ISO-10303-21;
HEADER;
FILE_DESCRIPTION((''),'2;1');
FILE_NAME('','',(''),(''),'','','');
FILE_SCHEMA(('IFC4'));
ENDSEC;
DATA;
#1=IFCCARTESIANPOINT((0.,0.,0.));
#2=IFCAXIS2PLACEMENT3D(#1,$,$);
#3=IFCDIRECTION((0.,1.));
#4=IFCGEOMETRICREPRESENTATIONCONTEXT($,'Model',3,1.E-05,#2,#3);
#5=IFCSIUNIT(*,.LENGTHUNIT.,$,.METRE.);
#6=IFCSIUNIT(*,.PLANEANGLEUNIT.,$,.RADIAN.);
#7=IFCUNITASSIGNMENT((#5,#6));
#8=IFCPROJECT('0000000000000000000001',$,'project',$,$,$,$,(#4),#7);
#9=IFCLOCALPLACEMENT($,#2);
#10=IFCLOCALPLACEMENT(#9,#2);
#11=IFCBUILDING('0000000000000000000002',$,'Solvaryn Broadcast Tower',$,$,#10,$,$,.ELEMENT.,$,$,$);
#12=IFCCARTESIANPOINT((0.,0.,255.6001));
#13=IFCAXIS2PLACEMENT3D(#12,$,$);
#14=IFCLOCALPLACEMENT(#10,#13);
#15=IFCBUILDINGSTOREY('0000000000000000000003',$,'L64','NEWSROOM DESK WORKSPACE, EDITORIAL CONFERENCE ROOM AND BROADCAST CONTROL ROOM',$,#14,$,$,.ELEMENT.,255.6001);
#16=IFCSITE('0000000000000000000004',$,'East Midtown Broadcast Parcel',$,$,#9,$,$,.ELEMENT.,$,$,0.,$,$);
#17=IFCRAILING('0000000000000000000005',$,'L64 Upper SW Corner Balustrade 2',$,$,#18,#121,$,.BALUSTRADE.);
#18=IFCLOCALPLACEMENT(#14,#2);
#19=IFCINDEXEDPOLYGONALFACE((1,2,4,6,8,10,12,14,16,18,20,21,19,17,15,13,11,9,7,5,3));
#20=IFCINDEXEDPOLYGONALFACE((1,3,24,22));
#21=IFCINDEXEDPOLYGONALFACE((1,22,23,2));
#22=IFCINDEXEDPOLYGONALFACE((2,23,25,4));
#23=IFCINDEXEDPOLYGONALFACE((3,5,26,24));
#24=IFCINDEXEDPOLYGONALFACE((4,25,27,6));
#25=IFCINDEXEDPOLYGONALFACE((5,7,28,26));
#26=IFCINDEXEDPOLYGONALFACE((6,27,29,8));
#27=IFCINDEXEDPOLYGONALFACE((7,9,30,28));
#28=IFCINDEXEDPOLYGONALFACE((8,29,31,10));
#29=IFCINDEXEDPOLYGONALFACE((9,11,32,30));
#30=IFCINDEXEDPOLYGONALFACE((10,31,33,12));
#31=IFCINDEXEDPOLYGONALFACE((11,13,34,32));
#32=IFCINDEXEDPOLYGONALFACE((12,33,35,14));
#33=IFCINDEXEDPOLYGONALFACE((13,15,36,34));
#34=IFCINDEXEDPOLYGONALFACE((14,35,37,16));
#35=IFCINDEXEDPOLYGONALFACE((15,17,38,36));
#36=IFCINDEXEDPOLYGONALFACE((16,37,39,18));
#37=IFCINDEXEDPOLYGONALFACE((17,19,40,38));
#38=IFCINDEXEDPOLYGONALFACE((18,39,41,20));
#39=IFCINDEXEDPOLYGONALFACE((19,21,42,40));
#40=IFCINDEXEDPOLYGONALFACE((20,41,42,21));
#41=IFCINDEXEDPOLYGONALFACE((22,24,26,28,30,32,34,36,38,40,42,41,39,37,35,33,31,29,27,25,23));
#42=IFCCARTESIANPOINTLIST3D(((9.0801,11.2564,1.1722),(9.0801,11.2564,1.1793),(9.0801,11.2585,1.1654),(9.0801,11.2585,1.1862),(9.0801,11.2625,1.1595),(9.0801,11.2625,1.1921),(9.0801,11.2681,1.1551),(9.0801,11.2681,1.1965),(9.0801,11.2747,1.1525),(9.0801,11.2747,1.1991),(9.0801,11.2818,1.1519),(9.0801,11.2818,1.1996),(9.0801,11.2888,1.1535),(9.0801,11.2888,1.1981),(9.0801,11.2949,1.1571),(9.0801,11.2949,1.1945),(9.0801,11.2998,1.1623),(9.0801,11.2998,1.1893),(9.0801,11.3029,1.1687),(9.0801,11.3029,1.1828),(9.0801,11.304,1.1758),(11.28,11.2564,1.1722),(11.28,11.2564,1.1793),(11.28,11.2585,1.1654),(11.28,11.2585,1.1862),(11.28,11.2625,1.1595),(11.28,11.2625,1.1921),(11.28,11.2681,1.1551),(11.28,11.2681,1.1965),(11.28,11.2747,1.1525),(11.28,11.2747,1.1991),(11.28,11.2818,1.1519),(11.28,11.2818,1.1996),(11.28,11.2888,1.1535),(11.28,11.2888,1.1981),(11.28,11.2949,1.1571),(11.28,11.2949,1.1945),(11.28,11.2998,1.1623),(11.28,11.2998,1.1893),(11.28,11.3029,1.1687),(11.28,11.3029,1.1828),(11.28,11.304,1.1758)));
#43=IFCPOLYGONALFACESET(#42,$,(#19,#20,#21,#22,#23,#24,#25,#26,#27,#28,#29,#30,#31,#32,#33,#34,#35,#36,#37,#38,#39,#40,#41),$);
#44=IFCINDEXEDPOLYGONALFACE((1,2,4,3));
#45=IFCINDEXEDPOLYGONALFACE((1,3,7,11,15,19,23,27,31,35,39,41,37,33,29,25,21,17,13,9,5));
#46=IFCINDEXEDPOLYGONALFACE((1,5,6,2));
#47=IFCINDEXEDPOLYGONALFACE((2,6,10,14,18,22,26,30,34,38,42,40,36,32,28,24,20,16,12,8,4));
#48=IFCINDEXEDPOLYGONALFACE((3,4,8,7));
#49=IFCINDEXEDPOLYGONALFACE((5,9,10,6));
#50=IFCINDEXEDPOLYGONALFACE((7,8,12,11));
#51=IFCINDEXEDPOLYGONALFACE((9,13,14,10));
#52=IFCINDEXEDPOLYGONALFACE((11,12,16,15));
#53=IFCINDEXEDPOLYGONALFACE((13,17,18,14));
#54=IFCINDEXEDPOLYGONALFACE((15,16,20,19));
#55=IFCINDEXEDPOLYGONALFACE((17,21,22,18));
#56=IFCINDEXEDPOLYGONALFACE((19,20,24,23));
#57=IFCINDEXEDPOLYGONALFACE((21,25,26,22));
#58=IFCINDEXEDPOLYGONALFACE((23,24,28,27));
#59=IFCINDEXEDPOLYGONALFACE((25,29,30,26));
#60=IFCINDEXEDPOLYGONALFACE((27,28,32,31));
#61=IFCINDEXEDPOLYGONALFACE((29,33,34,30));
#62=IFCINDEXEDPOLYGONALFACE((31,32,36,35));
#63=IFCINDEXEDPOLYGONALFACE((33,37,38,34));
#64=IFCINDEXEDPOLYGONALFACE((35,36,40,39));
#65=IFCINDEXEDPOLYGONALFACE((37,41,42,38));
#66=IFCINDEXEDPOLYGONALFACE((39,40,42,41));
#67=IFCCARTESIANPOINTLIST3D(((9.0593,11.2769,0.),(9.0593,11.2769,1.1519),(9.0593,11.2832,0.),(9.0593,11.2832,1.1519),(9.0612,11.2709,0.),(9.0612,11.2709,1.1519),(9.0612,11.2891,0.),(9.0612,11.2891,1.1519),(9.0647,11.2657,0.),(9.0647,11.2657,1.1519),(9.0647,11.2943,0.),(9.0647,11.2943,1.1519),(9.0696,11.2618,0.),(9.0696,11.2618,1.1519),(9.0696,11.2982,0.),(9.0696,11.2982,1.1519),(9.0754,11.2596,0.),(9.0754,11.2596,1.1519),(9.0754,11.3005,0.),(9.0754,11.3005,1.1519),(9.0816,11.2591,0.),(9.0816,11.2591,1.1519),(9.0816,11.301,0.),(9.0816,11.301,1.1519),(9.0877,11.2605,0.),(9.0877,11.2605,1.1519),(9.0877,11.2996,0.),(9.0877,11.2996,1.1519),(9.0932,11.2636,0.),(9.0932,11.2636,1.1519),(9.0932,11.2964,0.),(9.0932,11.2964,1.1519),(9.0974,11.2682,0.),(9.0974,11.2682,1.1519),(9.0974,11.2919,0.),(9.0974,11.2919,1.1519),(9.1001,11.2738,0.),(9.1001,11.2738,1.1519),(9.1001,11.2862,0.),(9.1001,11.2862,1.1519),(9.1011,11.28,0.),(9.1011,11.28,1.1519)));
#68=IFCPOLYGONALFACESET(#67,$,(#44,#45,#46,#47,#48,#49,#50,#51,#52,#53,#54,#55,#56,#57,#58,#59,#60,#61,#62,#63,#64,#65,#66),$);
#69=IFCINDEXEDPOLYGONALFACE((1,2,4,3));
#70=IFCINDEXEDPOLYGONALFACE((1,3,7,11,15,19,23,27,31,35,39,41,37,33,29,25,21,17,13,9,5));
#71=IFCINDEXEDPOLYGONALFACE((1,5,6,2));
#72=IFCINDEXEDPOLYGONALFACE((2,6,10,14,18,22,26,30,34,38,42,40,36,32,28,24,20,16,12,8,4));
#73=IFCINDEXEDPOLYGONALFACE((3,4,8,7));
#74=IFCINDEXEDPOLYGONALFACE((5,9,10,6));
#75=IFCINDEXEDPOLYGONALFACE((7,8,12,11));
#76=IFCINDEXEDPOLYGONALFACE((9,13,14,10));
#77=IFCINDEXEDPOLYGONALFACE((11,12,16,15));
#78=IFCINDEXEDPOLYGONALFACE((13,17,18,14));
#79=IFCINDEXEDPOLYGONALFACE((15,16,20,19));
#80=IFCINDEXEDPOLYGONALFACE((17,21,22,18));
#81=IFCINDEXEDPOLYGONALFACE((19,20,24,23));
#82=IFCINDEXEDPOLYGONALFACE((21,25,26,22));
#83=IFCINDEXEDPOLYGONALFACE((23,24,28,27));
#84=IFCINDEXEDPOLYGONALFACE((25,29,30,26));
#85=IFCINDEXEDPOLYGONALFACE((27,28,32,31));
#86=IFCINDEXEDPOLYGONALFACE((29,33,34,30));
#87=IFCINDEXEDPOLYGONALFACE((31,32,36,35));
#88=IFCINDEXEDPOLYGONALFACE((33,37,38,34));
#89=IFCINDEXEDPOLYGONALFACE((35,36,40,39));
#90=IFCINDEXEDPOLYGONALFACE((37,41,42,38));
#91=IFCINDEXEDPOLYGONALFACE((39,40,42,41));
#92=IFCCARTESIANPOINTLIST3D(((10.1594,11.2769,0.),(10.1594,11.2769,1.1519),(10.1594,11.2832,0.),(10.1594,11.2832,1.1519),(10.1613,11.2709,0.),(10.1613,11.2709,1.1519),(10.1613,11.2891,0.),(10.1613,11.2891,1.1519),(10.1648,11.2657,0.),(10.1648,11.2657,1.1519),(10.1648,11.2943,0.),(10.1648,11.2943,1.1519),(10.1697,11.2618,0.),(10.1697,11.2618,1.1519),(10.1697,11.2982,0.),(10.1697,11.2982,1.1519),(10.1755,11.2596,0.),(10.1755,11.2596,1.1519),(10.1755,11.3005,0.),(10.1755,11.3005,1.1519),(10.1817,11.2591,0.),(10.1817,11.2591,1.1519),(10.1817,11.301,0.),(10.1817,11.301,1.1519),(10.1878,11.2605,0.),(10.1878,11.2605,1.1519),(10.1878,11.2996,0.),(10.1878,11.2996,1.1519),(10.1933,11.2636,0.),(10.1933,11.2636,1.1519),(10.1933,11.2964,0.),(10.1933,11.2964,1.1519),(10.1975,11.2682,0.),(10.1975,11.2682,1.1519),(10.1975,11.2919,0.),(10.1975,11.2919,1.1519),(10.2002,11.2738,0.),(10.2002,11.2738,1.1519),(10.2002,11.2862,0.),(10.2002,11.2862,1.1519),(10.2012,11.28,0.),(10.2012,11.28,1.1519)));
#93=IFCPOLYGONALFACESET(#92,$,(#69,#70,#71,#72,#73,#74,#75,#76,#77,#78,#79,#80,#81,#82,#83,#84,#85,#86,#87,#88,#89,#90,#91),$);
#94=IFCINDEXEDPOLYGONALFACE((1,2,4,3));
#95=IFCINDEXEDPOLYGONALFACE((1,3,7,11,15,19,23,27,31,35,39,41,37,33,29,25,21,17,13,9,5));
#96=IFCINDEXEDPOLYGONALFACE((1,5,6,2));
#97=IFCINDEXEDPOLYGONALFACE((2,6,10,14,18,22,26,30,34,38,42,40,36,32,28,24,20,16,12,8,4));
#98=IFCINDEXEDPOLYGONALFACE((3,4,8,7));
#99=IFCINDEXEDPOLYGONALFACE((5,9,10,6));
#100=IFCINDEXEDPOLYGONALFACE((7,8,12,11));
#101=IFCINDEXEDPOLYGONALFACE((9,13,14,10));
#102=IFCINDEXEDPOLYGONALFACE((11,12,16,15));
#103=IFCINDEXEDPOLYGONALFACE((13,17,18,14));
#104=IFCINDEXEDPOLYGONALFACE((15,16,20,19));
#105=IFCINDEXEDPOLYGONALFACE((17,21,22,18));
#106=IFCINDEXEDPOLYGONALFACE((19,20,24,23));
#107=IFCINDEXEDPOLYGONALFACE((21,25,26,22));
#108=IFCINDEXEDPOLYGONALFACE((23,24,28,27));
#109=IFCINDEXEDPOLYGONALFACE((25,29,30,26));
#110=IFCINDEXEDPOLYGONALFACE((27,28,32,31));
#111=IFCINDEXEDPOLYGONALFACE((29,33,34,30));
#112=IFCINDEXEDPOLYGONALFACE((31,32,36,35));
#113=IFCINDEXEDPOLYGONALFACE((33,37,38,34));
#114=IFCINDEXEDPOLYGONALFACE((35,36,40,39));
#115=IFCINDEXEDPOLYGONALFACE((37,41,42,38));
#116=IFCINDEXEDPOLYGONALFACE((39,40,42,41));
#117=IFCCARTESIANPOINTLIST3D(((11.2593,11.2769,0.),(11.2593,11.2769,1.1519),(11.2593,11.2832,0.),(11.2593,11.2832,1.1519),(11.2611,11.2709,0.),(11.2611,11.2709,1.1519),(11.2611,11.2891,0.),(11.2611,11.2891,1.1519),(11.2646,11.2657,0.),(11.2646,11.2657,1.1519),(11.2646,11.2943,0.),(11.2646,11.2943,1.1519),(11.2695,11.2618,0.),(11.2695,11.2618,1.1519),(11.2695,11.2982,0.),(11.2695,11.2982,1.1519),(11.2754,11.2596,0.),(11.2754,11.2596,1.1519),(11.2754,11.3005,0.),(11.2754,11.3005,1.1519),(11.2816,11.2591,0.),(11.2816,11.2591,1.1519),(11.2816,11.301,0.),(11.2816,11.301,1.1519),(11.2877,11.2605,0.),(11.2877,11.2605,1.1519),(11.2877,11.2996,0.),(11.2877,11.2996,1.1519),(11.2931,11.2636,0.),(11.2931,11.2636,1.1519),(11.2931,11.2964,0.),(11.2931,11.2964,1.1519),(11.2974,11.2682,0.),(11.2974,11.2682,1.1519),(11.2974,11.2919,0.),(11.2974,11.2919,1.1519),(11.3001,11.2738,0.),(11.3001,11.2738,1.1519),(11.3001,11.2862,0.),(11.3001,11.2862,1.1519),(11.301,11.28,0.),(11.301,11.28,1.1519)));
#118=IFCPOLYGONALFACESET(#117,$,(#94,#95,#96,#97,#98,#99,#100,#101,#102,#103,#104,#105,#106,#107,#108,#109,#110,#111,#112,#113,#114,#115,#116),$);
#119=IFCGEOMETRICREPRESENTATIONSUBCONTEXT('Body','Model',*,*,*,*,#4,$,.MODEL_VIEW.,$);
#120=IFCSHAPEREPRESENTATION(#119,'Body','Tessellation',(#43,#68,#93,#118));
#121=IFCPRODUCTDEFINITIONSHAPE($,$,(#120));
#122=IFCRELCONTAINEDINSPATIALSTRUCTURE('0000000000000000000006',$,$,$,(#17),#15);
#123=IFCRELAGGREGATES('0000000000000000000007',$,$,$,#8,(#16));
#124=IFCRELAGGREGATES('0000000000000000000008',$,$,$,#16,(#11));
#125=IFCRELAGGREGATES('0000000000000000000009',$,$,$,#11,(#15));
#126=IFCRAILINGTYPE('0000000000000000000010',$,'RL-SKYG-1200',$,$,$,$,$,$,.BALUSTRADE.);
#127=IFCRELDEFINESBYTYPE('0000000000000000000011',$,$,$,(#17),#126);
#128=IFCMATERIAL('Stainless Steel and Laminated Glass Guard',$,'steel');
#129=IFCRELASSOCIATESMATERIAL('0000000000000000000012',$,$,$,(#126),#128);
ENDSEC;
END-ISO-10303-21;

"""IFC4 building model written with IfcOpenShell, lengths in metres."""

from ifc_helpers import new_model, si_unit, direction, frame, origin, origin_2d, place, context, subcontext, project, spatial, circle, extrude, material, type_object, element, save


model = new_model("IFC4")

# Units and contexts
model_context = context("Model", 3, precision=1e-05, world=origin(), true_north=direction((0.0, 1.0)))
body_context = subcontext(model_context, "Body", "Model", "MODEL_VIEW")
ifc_project = project(units=[si_unit("LENGTHUNIT", "METRE"), si_unit("PLANEANGLEUNIT", "RADIAN")], contexts=[model_context])

# Site, building, storey
site_placement = place(None, origin())
site = spatial("IfcSite", under=ifc_project, at=site_placement, Name="East Midtown Broadcast Parcel", CompositionType="ELEMENT", RefElevation=0.0)
building_placement = place(site_placement, origin())
building = spatial("IfcBuilding", under=site, at=building_placement, Name="Solvaryn Broadcast Tower", CompositionType="ELEMENT")
storey_placement = place(building_placement, frame((0.0, 0.0, 255.6001)))
storey = spatial("IfcBuildingStorey", under=building, at=storey_placement, Name="L64", Description="NEWSROOM DESK WORKSPACE, EDITORIAL CONFERENCE ROOM AND BROADCAST CONTROL ROOM", CompositionType="ELEMENT", Elevation=255.6001)

# Railing
ifc_material_1 = material(Name="Stainless Steel and Laminated Glass Guard", Category="steel")
railing_type = type_object("IfcRailingType", Name="RL-SKYG-1200", PredefinedType="BALUSTRADE", material=ifc_material_1)
railing_1_placement = place(storey_placement, frame((9.0801, 11.28, 0.0)))
element("IfcRailing", 1, at=railing_1_placement, inside=storey, type_object=railing_type, Name="L64 Upper SW Corner Balustrade 2", PredefinedType="BALUSTRADE", context=body_context, shape_type="SweptSolid", body=[
    extrude(circle(Radius=0.0239, at=origin_2d()), frame((0.0, 0.0, 1.1758), z_axis=(1.0, 0.0, 0.0), x_axis=(0.0, 1.0, 0.0)), (0.0, 0.0, 1.0), 2.2),
    extrude(circle(Radius=0.021, at=origin_2d()), origin(), (0.0, 0.0, 1.0), 1.1519),
    extrude(circle(Radius=0.021, at=origin_2d()), frame((1.1001, 0.0, 0.0)), (0.0, 0.0, 1.0), 1.1519),
    extrude(circle(Radius=0.021, at=origin_2d()), frame((2.2, 0.0, 0.0)), (0.0, 0.0, 1.0), 1.1519),
])

save(model, "model.ifc")
